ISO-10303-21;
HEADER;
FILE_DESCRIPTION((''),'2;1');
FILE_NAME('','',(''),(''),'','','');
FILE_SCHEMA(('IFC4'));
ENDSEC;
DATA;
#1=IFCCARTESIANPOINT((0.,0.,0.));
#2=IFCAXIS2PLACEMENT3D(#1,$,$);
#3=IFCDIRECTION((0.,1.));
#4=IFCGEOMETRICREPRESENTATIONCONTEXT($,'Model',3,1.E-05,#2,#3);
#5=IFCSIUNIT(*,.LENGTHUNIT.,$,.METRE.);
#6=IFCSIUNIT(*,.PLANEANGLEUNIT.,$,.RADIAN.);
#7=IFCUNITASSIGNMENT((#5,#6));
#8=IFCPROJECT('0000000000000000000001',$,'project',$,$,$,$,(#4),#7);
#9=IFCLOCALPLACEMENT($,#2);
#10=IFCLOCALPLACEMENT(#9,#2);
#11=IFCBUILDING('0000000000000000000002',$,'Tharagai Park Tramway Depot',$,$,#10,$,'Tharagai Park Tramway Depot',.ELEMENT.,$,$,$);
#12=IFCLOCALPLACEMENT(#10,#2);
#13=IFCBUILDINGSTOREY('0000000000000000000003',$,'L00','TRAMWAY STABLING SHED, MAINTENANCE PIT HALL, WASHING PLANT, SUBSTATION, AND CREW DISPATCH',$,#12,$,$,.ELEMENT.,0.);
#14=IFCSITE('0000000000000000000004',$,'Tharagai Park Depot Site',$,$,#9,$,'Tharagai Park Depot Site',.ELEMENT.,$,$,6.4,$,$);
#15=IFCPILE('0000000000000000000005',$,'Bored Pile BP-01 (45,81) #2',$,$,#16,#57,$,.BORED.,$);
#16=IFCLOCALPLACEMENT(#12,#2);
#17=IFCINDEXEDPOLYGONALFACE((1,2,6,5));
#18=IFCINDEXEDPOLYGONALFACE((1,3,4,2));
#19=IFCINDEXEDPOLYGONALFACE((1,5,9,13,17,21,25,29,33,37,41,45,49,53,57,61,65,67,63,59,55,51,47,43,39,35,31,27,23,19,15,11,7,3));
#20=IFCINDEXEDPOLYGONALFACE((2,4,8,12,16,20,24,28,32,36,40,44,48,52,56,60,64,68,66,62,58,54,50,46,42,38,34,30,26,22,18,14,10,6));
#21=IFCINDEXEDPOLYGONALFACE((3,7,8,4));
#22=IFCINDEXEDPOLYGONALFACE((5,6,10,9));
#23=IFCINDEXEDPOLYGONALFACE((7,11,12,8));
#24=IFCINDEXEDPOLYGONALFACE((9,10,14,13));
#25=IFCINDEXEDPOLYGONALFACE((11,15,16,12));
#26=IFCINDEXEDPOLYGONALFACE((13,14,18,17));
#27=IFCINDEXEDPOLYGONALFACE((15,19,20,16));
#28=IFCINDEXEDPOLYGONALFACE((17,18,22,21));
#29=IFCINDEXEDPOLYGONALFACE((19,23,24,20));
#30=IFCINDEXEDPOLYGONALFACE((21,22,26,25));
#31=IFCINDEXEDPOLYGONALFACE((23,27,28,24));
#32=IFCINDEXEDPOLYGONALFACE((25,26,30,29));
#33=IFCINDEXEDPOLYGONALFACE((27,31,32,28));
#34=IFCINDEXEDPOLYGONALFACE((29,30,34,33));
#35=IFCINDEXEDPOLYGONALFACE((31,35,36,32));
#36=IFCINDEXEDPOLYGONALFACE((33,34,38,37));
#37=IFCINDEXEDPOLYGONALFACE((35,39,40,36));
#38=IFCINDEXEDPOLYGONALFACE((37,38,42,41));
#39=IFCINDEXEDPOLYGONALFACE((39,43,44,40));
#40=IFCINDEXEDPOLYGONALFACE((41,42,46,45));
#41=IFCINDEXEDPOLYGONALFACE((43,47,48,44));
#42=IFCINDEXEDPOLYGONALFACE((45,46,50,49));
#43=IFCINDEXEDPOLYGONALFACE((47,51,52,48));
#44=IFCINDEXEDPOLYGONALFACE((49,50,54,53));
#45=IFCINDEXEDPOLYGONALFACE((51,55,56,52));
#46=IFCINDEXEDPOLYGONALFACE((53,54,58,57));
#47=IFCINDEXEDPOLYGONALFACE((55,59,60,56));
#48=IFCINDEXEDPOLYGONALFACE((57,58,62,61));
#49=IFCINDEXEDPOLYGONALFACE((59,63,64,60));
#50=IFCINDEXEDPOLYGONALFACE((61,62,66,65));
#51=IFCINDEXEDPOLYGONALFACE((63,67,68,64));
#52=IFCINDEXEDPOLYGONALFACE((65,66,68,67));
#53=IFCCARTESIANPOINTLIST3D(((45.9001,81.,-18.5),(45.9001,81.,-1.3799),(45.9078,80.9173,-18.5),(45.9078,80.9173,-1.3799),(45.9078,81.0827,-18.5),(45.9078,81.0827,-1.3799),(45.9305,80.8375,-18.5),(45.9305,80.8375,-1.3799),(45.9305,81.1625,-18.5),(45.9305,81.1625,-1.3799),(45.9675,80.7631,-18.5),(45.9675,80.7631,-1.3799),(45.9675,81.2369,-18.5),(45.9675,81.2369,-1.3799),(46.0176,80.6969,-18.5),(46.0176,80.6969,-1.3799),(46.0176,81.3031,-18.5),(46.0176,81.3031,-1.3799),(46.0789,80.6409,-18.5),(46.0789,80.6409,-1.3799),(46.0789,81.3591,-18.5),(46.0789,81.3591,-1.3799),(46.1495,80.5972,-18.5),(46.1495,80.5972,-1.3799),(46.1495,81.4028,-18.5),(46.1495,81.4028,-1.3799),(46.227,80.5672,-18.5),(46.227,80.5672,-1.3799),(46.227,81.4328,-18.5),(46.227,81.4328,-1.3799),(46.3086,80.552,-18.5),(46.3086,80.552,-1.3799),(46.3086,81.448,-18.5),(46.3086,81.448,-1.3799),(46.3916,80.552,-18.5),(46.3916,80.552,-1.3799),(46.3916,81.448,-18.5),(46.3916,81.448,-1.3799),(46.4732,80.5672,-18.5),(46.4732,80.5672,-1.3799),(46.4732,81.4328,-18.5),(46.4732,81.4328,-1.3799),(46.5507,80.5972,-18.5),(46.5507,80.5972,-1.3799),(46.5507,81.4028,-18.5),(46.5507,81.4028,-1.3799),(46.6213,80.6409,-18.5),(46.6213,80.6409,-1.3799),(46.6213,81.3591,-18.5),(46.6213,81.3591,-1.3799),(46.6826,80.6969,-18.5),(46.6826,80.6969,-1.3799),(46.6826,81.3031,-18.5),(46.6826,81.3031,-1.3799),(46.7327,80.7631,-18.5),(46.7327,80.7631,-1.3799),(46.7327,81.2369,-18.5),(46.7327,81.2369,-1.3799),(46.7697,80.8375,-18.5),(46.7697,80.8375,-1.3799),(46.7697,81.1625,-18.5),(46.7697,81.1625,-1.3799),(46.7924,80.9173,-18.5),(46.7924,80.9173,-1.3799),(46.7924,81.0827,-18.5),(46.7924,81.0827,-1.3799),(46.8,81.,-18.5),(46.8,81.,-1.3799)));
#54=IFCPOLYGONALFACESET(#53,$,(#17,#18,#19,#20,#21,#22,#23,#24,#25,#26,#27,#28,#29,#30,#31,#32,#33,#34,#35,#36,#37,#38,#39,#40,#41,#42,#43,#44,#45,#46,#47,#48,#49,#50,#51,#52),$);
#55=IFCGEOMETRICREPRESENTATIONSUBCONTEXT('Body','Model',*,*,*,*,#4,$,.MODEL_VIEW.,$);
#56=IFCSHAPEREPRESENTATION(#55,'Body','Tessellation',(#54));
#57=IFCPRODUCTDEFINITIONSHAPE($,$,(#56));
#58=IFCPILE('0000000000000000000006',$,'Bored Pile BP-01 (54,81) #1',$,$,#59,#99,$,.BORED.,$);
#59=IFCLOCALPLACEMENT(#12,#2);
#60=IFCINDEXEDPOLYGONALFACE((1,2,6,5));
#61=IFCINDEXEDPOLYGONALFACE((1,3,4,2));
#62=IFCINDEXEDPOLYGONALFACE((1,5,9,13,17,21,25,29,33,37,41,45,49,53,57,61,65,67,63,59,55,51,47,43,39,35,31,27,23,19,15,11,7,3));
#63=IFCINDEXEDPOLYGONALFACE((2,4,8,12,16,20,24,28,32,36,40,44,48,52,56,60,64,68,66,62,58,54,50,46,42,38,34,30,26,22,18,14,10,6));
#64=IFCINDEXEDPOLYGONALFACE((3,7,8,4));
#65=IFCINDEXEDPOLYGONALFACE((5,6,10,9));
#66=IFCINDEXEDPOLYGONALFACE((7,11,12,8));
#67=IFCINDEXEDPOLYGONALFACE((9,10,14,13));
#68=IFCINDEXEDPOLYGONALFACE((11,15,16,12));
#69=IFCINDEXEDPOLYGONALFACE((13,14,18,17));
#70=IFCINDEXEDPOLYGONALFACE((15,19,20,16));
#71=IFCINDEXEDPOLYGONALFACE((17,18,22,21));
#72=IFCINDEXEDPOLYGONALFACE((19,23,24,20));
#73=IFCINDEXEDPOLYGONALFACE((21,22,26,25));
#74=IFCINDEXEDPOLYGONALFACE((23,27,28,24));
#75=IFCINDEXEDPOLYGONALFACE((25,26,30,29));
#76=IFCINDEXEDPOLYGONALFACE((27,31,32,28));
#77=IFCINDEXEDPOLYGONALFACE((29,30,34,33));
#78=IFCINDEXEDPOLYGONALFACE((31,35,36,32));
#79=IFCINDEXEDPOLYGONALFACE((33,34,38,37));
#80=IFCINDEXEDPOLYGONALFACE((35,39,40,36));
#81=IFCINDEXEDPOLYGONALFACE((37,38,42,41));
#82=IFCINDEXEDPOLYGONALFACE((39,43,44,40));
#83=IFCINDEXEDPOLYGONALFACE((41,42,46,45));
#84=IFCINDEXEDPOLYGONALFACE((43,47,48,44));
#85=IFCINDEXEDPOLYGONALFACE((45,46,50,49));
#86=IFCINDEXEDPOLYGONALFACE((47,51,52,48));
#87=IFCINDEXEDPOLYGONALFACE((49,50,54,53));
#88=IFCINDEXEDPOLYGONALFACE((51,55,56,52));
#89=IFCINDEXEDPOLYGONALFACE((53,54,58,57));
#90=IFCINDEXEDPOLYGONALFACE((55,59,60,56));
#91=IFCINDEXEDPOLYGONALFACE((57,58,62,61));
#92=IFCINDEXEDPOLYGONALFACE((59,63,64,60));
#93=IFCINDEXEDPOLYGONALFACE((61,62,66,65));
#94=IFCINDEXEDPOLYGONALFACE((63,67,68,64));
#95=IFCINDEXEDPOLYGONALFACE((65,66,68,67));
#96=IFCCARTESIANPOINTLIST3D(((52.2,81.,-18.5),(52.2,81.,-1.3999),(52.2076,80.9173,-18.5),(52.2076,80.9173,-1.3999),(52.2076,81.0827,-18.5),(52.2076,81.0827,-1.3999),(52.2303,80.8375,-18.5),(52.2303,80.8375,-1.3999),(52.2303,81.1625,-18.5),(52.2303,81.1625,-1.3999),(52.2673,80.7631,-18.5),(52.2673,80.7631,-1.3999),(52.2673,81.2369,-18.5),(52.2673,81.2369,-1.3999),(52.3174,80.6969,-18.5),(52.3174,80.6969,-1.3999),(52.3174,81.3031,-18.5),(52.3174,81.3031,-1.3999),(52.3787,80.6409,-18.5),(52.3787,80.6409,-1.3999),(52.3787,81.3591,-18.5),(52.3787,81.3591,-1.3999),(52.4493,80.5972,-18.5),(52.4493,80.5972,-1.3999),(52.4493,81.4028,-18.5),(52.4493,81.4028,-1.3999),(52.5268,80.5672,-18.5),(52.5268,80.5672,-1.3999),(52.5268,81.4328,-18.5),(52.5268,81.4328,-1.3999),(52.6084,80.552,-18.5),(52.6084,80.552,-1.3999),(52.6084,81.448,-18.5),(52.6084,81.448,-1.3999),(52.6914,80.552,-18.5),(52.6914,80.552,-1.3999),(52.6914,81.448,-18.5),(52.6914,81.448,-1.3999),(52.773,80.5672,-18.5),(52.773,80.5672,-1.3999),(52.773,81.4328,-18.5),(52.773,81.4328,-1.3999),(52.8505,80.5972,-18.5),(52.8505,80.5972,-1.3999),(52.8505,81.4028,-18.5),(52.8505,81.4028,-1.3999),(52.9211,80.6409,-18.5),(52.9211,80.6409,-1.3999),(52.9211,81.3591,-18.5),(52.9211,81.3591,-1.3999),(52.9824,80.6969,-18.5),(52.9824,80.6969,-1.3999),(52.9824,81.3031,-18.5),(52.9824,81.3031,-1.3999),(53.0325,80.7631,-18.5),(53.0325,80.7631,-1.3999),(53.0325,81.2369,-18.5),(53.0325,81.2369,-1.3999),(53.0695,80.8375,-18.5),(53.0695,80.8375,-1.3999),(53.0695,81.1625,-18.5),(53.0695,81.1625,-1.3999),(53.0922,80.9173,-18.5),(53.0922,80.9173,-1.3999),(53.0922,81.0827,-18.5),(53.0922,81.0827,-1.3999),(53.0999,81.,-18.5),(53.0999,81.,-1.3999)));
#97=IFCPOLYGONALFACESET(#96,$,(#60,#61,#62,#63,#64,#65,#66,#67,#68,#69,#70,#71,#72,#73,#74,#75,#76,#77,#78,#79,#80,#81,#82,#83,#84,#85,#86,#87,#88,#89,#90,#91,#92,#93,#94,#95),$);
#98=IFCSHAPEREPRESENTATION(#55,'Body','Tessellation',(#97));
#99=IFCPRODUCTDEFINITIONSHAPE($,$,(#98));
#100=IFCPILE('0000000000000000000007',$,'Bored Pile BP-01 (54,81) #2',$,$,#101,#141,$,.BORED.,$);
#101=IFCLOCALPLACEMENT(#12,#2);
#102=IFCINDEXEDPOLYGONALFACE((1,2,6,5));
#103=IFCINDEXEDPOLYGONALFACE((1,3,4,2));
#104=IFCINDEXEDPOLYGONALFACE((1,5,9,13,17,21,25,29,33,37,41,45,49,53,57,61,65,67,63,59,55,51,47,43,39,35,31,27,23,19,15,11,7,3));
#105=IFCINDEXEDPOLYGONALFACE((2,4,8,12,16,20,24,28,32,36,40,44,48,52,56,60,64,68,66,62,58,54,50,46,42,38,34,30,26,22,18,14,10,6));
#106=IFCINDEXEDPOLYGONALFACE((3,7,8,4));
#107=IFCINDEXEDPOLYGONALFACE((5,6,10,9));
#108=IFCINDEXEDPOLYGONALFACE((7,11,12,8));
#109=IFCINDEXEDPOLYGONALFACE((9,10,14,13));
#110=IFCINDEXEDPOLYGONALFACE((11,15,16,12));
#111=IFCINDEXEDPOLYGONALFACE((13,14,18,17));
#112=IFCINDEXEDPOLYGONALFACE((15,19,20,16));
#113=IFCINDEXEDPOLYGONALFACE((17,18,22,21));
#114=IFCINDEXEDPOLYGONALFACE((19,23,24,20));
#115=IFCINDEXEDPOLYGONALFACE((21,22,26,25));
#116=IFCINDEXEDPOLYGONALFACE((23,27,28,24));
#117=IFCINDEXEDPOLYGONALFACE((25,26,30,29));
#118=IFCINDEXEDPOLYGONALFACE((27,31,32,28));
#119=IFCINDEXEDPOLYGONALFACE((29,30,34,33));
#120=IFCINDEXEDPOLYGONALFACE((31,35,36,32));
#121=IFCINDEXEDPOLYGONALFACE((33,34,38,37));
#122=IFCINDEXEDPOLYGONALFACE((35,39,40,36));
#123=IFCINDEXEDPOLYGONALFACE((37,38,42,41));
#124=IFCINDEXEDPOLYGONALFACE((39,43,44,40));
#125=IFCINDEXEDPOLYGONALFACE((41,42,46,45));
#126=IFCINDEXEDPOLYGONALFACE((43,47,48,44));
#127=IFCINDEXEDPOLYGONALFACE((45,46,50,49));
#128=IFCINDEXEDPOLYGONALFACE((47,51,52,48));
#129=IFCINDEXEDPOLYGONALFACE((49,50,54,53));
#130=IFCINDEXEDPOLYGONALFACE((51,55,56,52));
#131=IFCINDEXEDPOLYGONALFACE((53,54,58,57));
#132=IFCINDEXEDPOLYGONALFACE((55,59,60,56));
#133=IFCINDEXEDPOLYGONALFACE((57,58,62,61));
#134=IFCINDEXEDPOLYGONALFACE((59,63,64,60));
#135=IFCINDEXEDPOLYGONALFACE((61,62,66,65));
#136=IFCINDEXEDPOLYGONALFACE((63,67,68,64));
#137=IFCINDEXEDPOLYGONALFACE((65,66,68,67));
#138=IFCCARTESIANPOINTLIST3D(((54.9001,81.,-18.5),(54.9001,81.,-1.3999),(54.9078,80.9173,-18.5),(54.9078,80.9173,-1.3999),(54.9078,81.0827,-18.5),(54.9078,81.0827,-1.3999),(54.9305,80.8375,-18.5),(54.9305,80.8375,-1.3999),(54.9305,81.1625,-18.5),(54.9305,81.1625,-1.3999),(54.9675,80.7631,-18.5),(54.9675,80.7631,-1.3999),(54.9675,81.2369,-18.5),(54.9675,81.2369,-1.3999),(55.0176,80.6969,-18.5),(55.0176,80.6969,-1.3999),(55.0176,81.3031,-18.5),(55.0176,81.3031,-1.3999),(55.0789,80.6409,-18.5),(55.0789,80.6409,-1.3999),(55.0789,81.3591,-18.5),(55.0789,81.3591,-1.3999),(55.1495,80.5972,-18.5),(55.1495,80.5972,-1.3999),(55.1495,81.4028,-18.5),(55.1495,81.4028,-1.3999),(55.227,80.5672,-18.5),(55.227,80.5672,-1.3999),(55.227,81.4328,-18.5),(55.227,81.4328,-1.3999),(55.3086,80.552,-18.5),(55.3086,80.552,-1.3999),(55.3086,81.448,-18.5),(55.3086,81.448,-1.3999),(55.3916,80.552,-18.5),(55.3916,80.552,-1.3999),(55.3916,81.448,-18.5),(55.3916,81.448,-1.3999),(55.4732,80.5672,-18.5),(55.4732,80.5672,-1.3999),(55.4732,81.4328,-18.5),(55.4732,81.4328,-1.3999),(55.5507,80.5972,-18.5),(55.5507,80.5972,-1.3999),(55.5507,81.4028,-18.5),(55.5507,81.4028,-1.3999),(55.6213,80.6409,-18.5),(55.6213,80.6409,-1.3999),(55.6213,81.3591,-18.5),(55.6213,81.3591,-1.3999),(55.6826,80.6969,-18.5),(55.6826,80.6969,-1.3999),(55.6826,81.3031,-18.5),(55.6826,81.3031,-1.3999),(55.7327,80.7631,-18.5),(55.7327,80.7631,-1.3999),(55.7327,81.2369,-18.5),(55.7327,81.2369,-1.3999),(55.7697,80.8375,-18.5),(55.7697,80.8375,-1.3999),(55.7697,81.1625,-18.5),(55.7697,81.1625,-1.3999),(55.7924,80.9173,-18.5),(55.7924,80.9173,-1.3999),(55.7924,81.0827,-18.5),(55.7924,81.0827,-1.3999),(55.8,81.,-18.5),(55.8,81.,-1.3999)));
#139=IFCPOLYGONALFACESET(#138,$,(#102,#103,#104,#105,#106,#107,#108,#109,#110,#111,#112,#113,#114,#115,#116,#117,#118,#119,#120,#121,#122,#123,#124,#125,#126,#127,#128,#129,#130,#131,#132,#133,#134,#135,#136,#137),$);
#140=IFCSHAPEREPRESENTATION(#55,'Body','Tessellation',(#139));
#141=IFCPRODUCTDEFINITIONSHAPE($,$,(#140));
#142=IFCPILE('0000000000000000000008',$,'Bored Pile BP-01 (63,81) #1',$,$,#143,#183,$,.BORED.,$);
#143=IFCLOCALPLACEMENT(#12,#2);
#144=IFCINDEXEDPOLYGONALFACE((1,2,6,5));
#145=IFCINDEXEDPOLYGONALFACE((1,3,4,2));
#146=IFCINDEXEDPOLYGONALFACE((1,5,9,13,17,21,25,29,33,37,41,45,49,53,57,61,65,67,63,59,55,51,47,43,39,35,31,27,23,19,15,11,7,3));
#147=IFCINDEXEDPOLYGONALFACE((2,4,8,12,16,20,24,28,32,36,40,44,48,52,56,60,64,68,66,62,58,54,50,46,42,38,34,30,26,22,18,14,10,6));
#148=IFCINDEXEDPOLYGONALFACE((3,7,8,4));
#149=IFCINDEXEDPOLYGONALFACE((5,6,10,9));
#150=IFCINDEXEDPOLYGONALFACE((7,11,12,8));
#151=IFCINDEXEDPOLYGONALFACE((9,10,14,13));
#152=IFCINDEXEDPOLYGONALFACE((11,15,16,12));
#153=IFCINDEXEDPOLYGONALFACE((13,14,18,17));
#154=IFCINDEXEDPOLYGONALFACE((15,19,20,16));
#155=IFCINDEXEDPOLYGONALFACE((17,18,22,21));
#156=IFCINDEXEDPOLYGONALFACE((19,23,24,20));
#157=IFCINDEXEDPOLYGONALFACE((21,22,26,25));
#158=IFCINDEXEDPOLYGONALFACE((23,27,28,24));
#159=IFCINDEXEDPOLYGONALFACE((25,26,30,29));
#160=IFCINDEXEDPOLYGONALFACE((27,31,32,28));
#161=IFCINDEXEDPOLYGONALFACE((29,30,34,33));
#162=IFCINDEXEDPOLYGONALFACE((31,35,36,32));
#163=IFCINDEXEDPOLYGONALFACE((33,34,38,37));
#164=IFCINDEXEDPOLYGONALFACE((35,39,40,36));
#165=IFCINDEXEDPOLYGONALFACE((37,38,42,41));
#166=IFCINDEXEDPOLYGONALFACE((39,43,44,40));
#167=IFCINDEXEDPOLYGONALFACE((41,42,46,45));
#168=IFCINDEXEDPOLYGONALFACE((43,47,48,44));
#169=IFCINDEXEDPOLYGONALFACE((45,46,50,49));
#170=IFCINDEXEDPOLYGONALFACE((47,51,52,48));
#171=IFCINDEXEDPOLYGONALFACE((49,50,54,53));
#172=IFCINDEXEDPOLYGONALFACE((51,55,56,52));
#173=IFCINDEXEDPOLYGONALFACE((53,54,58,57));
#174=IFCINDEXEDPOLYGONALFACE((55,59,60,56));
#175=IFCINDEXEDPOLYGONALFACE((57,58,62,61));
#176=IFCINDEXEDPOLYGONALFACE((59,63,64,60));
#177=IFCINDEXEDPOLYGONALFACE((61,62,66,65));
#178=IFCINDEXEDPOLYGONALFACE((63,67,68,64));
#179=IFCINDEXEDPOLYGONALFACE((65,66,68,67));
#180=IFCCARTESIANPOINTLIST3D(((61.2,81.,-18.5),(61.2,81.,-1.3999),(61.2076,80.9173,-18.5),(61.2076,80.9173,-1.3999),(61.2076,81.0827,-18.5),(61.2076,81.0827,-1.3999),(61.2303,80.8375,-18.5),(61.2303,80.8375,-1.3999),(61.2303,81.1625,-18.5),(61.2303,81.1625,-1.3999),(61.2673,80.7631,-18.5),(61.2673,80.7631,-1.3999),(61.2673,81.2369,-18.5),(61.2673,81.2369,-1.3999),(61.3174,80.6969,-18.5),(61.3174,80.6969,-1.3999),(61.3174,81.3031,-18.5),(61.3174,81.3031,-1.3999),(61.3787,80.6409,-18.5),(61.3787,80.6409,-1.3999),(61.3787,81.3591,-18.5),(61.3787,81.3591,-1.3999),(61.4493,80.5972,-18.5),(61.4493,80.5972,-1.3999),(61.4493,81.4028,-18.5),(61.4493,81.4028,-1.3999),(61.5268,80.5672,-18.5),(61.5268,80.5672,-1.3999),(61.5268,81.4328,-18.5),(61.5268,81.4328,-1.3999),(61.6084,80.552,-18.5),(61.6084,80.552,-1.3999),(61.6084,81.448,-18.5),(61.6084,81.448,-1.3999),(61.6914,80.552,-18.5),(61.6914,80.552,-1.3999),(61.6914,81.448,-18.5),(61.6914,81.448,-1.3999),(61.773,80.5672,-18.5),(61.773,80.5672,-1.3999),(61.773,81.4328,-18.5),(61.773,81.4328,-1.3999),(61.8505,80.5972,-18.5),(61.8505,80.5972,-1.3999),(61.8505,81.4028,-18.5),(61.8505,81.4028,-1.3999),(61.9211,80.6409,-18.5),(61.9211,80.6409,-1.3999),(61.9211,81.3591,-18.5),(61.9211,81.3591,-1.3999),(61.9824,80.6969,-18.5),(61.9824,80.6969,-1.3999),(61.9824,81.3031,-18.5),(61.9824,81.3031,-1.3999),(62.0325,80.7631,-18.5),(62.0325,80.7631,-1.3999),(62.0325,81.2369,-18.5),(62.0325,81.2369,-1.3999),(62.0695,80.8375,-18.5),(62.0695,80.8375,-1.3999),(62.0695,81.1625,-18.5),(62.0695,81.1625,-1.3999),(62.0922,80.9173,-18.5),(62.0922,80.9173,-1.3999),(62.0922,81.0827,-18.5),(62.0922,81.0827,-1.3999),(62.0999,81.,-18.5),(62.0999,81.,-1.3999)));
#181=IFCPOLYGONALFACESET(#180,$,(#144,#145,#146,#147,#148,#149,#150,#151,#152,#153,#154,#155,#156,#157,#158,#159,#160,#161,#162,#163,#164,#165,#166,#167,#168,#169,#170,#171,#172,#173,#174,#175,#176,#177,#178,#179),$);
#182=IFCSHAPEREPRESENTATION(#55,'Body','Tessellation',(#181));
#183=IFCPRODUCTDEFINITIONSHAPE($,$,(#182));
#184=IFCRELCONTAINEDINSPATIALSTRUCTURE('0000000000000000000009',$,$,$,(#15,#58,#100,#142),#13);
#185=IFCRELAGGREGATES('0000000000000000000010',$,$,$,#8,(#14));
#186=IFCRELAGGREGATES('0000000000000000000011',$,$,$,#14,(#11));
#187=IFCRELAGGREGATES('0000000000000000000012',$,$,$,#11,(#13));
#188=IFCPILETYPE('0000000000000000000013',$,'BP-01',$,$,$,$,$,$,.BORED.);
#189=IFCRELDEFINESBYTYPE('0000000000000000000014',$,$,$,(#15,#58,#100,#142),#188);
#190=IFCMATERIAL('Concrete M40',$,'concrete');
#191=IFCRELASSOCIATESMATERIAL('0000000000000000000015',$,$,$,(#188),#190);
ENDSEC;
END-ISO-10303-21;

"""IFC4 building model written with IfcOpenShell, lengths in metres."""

from ifc_helpers import new_model, si_unit, direction, frame, origin, origin_2d, place, context, subcontext, project, spatial, circle, extrude, material, material_profile, profile_set, type_object, element, save


model = new_model("IFC4")

# Units and contexts
model_context = context("Model", 3, precision=1e-05, world=origin(), true_north=direction((0.0, 1.0)))
body_context = subcontext(model_context, "Body", "Model", "MODEL_VIEW")
ifc_project = project(units=[si_unit("LENGTHUNIT", "METRE"), si_unit("PLANEANGLEUNIT", "RADIAN")], contexts=[model_context])

# Site, building, storey
site_placement = place(None, origin())
site = spatial("IfcSite", under=ifc_project, at=site_placement, Name="Tharagai Park Depot Site", LongName="Tharagai Park Depot Site", CompositionType="ELEMENT", RefElevation=6.4)
building_placement = place(site_placement, origin())
building = spatial("IfcBuilding", under=site, at=building_placement, Name="Tharagai Park Tramway Depot", LongName="Tharagai Park Tramway Depot", CompositionType="ELEMENT")
storey_placement = place(building_placement, origin())
storey = spatial("IfcBuildingStorey", under=building, at=storey_placement, Name="L00", Description="TRAMWAY STABLING SHED, MAINTENANCE PIT HALL, WASHING PLANT, SUBSTATION, AND CREW DISPATCH", CompositionType="ELEMENT", Elevation=0.0)

# Piles
ifc_material_1 = material(Name="Concrete M40", Category="concrete")
ifc_material_profile_1 = material_profile(ifc_material_1, circle(Radius=0.45, at=origin_2d()), Name="PILE D900")
ifc_profile_set_1 = profile_set([ifc_material_profile_1], Name="Concrete M40")
pile_type_1 = type_object("IfcPileType", Name="BP-01", PredefinedType="BORED", material=ifc_profile_set_1)
pile_1_placement = place(storey_placement, frame((46.3501, 81.0, -1.3799), z_axis=(0.0, 0.0, -1.0), x_axis=(1.0, 0.0, 0.0)))
element("IfcPile", 1, at=pile_1_placement, inside=storey, type_object=pile_type_1, Name="Bored Pile BP-01 (45,81) #2", PredefinedType="BORED", context=body_context, shape_type="SweptSolid", body=[
    extrude(circle(Radius=0.45, at=origin_2d()), origin(), (0.0, 0.0, 1.0), 17.1201),
])
for number, where, z_axis, x_axis, name in (
    (2, (52.6499, 81.0, -1.3999), (0.0, 0.0, -1.0), (1.0, 0.0, 0.0), "Bored Pile BP-01 (54,81) #1"),
    (3, (55.3501, 81.0, -1.3999), (0.0, 0.0, -1.0), (1.0, 0.0, 0.0), "Bored Pile BP-01 (54,81) #2"),
    (4, (61.6499, 81.0, -1.3999), (0.0, 0.0, -1.0), (1.0, 0.0, 0.0), "Bored Pile BP-01 (63,81) #1"),
):
    element("IfcPile", number, at=place(storey_placement, frame(where, z_axis=z_axis, x_axis=x_axis)), inside=storey, type_object=pile_type_1, Name=name, PredefinedType="BORED", context=body_context, shape_type="SweptSolid", body=[
        extrude(circle(Radius=0.45, at=origin_2d()), origin(), (0.0, 0.0, 1.0), 17.1001),
    ])

save(model, "model.ifc")
